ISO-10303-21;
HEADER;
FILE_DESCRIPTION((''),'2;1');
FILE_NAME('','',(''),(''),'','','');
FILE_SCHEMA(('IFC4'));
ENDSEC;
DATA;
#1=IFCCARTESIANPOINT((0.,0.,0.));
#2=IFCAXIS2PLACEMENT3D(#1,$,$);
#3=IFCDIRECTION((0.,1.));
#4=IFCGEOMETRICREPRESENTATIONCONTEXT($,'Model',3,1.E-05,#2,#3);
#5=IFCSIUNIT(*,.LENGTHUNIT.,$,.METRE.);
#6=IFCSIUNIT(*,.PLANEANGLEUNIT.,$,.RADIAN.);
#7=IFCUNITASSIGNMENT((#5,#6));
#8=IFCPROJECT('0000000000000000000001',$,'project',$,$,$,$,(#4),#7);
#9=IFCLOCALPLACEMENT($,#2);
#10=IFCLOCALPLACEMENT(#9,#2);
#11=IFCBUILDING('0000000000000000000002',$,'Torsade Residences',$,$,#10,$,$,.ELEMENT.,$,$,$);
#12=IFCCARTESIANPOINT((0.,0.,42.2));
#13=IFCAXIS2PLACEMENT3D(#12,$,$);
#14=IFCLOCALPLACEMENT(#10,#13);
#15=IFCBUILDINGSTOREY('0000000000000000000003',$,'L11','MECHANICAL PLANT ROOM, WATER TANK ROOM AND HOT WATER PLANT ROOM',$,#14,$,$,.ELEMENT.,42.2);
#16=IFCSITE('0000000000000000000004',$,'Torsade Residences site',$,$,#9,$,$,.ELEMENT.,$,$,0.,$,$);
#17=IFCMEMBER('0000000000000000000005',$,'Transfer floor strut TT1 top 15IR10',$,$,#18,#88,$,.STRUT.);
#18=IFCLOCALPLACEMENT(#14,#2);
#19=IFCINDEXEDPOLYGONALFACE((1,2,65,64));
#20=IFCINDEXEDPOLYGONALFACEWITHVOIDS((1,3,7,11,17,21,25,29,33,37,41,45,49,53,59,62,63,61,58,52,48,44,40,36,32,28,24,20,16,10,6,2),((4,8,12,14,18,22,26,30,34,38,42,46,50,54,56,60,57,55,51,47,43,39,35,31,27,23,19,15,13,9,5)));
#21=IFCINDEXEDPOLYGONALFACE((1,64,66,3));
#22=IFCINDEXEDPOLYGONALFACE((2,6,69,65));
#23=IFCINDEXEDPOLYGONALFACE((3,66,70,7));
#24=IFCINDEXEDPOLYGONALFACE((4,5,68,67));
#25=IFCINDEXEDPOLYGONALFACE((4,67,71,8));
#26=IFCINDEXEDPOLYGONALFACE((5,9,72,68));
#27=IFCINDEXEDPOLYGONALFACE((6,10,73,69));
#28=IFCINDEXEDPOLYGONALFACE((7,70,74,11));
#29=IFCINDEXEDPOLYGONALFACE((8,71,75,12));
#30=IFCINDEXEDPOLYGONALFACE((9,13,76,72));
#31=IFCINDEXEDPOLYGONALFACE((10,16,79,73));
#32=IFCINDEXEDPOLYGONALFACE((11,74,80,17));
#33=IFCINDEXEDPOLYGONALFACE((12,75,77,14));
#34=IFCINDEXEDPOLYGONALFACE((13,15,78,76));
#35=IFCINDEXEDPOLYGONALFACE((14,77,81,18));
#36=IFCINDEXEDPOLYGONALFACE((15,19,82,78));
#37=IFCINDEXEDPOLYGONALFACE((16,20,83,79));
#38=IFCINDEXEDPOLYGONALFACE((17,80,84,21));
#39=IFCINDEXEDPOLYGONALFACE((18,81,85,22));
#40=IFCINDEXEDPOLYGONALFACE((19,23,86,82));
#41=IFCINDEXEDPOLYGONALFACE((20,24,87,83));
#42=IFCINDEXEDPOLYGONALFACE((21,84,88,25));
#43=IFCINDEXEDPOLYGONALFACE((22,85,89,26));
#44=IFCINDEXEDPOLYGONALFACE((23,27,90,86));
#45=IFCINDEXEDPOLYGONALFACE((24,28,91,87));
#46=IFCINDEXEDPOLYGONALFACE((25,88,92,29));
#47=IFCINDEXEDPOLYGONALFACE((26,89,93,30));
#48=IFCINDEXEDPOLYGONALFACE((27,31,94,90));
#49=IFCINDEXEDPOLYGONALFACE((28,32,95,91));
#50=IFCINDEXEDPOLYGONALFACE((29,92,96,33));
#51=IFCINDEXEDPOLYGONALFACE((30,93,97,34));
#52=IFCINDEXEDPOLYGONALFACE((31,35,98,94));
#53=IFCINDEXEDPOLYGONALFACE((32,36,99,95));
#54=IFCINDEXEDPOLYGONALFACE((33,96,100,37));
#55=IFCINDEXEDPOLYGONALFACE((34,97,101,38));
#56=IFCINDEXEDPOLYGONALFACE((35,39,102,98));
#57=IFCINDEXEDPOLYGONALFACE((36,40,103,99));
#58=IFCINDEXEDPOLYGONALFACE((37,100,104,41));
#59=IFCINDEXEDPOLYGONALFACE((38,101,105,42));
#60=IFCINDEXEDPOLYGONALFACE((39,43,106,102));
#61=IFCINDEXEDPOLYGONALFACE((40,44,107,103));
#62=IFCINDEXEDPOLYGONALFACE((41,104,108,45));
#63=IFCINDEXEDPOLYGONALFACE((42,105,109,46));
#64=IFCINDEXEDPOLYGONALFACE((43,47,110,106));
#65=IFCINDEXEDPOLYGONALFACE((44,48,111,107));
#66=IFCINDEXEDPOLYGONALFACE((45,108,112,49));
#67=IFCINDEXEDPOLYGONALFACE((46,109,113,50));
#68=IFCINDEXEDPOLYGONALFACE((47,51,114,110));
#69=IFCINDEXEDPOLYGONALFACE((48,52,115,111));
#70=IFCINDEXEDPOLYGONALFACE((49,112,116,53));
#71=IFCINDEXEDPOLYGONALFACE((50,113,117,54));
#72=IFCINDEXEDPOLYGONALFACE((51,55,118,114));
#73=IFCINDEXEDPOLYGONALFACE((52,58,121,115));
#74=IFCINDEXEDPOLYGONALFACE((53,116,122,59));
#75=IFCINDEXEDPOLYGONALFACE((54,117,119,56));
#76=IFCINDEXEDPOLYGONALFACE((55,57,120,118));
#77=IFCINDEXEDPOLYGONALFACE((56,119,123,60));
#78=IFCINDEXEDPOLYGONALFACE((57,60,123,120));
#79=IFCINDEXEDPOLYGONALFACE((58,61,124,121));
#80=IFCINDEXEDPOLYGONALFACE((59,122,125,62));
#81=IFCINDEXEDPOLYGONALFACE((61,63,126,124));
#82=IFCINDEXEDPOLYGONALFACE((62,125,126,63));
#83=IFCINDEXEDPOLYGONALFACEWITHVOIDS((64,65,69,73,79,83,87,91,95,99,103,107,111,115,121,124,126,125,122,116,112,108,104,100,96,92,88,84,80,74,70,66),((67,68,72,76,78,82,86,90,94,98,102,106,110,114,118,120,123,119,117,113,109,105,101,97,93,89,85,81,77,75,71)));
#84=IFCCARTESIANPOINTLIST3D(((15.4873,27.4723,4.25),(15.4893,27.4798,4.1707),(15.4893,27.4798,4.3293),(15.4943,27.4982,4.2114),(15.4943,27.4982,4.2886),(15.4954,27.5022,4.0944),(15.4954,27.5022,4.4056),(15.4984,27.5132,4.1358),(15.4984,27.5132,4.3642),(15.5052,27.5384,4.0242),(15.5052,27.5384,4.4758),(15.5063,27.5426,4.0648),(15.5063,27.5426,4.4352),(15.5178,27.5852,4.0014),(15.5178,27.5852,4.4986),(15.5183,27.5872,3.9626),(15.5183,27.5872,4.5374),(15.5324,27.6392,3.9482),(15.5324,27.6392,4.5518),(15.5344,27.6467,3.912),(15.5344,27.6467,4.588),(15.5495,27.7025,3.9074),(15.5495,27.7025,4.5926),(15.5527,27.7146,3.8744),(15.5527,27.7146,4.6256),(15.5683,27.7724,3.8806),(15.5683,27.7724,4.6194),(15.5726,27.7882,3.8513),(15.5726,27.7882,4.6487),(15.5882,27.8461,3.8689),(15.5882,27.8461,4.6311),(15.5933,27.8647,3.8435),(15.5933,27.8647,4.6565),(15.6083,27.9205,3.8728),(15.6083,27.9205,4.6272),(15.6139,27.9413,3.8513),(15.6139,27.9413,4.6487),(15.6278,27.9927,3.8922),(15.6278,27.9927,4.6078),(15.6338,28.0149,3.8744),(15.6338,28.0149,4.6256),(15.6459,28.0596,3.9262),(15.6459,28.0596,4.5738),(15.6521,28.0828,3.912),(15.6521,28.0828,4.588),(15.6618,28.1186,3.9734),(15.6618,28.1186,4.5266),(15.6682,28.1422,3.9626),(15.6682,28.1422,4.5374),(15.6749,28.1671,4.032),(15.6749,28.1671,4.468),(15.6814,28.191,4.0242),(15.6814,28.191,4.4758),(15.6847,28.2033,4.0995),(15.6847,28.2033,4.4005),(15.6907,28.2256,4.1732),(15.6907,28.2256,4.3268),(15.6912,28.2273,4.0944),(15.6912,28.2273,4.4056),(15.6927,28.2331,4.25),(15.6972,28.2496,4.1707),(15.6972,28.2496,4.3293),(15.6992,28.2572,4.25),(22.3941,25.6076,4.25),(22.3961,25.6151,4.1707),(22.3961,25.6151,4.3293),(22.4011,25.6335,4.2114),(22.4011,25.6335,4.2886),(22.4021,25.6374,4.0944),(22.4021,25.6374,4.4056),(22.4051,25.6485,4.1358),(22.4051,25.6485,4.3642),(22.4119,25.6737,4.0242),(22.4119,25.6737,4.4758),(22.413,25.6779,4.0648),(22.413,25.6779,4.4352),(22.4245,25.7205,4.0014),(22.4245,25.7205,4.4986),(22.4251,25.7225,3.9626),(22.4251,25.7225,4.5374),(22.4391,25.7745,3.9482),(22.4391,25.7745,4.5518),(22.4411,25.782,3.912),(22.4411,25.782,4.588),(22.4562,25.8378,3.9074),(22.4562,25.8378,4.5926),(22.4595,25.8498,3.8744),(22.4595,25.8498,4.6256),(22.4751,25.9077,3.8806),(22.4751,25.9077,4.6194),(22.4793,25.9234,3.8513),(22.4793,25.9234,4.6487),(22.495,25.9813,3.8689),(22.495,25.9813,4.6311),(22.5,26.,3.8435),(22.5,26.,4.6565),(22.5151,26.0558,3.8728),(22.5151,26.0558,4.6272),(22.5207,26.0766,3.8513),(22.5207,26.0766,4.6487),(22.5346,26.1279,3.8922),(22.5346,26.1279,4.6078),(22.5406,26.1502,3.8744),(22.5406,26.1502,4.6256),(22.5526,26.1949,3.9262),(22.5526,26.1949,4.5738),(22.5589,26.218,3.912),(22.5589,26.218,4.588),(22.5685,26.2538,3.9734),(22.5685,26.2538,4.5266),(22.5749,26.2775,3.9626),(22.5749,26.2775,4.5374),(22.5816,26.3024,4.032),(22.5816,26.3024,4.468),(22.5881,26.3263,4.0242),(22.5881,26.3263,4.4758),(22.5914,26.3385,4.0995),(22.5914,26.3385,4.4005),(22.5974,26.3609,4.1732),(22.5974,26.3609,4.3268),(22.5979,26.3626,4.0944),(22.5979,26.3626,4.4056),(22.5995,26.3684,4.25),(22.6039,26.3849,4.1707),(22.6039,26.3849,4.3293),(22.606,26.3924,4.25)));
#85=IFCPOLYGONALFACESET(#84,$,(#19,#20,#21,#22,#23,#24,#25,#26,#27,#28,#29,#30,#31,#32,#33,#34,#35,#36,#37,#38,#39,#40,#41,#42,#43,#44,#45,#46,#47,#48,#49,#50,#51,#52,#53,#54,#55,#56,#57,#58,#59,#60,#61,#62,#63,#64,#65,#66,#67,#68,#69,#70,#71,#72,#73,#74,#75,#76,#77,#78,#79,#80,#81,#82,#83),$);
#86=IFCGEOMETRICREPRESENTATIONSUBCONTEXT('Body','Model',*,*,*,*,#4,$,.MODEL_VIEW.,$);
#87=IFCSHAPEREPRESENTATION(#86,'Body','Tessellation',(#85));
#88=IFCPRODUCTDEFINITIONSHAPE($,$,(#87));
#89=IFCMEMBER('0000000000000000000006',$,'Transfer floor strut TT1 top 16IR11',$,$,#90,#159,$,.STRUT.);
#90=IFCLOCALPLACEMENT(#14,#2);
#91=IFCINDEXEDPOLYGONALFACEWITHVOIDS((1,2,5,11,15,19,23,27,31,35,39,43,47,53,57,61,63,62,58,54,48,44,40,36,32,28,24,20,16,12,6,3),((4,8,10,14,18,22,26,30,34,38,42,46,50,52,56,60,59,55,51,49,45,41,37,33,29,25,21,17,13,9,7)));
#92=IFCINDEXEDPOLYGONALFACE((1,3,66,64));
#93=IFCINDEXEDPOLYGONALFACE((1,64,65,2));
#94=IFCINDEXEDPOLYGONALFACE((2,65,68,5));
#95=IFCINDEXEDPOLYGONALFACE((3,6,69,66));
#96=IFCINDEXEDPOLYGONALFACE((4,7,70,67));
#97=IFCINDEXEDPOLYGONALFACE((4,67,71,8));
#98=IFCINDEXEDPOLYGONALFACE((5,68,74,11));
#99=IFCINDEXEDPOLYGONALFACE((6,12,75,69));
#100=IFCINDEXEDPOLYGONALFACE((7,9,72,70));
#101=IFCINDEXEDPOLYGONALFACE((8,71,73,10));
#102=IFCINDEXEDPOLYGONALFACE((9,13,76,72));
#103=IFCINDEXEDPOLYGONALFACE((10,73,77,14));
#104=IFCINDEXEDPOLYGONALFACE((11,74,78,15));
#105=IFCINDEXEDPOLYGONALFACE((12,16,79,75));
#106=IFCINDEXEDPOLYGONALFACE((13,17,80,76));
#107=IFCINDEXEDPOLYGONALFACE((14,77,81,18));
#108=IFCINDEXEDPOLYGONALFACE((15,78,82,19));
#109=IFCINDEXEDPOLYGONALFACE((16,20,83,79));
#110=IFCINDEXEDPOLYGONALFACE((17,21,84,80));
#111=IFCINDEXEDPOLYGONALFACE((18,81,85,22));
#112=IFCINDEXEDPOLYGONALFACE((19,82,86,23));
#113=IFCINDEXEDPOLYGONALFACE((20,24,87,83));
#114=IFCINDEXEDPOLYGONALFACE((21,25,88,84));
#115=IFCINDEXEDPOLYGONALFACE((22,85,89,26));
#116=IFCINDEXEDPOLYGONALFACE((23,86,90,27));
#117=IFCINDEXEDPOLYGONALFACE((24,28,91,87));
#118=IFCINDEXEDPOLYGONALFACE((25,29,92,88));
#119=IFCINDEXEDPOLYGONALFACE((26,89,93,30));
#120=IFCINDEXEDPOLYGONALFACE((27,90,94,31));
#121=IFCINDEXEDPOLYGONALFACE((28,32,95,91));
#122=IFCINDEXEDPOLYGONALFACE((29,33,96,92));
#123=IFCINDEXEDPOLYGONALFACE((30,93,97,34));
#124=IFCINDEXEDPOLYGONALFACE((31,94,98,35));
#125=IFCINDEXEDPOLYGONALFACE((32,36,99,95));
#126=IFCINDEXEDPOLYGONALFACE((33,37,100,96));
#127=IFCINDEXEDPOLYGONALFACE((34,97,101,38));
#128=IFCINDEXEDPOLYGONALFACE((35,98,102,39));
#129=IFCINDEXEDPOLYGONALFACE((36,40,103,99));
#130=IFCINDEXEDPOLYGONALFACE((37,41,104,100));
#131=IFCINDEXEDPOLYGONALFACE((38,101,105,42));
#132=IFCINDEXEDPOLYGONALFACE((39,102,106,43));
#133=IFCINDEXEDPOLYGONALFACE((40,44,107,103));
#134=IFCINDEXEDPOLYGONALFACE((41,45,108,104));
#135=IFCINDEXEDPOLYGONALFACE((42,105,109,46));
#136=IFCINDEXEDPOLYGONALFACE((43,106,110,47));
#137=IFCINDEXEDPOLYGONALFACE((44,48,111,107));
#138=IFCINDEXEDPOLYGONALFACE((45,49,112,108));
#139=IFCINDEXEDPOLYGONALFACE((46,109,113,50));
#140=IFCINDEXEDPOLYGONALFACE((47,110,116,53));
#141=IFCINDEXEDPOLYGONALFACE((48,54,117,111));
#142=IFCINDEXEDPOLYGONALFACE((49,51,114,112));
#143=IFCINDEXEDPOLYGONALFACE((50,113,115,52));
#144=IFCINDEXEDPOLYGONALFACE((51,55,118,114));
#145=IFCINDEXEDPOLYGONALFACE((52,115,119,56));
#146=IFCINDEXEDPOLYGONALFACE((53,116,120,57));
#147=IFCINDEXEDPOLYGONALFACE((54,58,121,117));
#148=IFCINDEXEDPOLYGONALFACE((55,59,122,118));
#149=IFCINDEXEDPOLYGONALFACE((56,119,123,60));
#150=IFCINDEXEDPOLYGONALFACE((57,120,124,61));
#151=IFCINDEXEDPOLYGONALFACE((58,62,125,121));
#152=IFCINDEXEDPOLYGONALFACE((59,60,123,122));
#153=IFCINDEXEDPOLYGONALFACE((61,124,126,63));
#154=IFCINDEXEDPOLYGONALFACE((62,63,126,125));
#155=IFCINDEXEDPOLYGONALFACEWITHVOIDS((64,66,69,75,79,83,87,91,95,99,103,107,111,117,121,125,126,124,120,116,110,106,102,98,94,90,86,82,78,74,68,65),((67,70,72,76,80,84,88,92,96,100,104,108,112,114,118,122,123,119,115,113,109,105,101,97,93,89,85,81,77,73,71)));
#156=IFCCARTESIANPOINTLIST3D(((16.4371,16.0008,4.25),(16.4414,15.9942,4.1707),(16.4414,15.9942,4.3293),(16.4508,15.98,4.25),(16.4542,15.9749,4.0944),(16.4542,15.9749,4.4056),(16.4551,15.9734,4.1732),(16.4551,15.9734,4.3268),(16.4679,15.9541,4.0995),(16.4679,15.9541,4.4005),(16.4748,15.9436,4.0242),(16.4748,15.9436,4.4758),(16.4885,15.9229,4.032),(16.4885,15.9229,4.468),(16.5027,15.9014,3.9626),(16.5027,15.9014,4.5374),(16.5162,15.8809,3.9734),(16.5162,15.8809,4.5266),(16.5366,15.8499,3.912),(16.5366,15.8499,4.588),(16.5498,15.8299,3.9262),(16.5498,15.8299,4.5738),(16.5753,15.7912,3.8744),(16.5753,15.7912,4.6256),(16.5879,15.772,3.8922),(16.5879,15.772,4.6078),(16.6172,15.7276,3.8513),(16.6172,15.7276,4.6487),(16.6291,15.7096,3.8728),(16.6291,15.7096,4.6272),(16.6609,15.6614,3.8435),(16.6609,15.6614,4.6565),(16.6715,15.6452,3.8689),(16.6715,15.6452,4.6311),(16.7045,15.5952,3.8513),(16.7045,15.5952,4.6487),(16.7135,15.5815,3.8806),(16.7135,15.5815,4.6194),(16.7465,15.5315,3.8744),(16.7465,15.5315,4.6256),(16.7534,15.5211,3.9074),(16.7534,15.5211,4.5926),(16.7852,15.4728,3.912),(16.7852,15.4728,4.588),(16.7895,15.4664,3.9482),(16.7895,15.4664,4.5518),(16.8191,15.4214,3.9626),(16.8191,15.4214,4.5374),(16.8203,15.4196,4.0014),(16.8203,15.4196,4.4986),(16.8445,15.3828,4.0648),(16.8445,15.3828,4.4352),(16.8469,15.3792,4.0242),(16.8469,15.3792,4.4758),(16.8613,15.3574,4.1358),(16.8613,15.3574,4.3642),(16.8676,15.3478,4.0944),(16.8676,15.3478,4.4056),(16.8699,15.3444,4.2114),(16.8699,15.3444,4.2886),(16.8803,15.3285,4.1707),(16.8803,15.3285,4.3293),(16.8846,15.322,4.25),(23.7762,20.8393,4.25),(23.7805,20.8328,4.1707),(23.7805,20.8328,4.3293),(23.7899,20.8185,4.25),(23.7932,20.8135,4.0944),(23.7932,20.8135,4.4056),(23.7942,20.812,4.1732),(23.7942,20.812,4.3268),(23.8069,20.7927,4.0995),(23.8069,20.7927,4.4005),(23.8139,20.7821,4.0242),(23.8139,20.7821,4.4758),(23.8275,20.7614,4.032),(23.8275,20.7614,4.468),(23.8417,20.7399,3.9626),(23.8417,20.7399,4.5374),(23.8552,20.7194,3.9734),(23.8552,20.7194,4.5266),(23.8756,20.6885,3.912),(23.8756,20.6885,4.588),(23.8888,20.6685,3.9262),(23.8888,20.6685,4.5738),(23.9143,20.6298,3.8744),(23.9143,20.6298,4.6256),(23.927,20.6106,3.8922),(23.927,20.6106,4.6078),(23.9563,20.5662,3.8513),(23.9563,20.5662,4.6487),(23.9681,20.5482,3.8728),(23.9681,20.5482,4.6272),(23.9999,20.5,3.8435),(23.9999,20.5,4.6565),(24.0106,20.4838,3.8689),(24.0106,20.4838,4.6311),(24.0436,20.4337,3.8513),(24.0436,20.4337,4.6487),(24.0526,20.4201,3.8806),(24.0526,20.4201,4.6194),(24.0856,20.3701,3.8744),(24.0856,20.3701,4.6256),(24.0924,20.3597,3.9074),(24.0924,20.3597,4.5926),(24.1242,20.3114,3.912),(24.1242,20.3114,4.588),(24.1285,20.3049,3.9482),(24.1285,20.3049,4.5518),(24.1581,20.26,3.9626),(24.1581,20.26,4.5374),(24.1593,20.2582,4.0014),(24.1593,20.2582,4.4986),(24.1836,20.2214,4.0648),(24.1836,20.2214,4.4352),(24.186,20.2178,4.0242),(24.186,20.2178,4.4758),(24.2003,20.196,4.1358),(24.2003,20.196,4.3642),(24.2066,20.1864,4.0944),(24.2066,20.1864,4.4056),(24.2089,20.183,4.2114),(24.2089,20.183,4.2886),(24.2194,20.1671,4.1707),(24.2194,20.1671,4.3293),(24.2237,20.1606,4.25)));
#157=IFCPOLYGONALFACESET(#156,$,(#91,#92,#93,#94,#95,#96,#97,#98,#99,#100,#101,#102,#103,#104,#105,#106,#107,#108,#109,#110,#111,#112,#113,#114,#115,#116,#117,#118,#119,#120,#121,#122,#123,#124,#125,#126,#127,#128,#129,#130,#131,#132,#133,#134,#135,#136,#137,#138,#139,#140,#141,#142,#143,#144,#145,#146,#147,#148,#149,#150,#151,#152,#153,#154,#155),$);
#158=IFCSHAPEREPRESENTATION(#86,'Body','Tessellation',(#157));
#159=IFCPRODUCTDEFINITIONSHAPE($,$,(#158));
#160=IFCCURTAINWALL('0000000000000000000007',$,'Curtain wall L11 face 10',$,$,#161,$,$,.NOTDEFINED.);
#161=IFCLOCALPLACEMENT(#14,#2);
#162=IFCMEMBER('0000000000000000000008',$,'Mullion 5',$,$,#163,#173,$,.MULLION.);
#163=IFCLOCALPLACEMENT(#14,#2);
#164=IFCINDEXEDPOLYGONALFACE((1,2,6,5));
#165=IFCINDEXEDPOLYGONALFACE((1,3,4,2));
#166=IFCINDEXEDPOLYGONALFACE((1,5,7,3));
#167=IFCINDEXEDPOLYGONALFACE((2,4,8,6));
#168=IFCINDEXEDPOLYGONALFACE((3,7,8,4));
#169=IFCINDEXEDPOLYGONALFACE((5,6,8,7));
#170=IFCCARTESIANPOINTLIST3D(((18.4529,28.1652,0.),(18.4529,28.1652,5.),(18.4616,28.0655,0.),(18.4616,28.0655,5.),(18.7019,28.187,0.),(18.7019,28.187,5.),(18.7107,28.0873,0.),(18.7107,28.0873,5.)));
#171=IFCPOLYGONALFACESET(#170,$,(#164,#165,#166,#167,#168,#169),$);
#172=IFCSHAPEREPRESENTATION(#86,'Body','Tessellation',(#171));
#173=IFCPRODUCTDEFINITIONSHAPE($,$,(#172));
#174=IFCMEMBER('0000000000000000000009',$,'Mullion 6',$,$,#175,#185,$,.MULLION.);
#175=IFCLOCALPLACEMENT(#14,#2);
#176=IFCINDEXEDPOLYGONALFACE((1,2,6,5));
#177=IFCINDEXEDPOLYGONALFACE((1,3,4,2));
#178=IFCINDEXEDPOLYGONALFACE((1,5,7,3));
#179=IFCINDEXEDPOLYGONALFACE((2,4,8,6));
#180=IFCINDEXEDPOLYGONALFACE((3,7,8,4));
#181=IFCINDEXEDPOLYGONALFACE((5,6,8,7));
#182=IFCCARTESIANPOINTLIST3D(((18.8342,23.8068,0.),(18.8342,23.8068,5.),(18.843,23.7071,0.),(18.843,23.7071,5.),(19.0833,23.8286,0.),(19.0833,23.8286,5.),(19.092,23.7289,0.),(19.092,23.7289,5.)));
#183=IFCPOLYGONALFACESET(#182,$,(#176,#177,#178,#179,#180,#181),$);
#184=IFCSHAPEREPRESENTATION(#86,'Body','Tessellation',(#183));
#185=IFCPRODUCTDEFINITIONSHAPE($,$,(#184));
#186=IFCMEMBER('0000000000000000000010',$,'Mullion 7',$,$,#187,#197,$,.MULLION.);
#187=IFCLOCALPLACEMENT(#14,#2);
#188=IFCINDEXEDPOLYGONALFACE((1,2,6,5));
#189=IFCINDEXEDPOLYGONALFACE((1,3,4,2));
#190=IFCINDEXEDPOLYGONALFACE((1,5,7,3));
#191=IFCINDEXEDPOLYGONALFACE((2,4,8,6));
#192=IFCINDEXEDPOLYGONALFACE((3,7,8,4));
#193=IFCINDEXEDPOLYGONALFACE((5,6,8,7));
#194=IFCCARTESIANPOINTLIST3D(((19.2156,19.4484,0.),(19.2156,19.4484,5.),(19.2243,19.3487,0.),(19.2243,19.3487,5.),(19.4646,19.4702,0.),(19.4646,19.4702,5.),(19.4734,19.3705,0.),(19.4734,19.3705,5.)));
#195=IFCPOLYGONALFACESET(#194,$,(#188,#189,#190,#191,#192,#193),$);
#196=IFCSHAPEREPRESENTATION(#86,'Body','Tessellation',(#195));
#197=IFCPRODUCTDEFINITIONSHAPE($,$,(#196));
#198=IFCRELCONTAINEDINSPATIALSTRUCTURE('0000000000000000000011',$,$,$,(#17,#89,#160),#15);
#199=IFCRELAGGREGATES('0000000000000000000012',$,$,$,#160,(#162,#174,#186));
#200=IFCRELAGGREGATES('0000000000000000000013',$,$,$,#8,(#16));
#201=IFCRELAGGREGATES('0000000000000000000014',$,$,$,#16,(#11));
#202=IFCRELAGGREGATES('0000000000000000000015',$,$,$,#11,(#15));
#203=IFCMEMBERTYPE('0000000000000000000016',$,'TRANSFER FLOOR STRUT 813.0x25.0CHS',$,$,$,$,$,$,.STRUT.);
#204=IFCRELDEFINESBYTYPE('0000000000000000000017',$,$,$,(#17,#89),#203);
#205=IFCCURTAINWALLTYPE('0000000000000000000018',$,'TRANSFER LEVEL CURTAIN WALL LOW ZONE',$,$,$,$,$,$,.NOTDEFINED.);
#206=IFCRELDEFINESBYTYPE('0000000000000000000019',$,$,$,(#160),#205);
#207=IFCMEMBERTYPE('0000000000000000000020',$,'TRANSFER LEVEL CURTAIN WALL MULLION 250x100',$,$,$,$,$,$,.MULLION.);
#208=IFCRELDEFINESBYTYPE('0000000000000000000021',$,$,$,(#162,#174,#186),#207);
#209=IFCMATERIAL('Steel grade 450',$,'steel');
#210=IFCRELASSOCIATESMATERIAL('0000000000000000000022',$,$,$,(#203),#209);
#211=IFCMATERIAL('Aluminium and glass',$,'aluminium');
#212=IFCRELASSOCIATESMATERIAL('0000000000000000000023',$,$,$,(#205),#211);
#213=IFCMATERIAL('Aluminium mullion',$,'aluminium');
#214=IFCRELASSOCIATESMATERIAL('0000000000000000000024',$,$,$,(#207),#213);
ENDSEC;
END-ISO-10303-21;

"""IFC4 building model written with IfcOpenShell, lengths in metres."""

from ifc_helpers import new_model, si_unit, direction, frame, origin, origin_2d, place, context, subcontext, project, spatial, rectangle, hollow_circle, extrude, material, material_profile, profile_set, type_object, element, aggregate, save


model = new_model("IFC4")

# Units and contexts
model_context = context("Model", 3, precision=1e-05, world=origin(), true_north=direction((0.0, 1.0)))
body_context = subcontext(model_context, "Body", "Model", "MODEL_VIEW")
ifc_project = project(units=[si_unit("LENGTHUNIT", "METRE"), si_unit("PLANEANGLEUNIT", "RADIAN")], contexts=[model_context])

# Site, building, storey
site_placement = place(None, origin())
site = spatial("IfcSite", under=ifc_project, at=site_placement, Name="Torsade Residences site", CompositionType="ELEMENT", RefElevation=0.0)
building_placement = place(site_placement, origin())
building = spatial("IfcBuilding", under=site, at=building_placement, Name="Torsade Residences", CompositionType="ELEMENT")
storey_placement = place(building_placement, frame((0.0, 0.0, 42.2)))
storey = spatial("IfcBuildingStorey", under=building, at=storey_placement, Name="L11", Description="MECHANICAL PLANT ROOM, WATER TANK ROOM AND HOT WATER PLANT ROOM", CompositionType="ELEMENT", Elevation=42.2)

# Members
ifc_material_1 = material(Name="Steel grade 450", Category="steel")
ifc_material_profile_1 = material_profile(ifc_material_1, hollow_circle(Radius=0.4065, WallThickness=0.0249, at=origin_2d()), Name="813.0x25.0CHS")
ifc_profile_set_1 = profile_set([ifc_material_profile_1], Name="Steel grade 450")
member_type_1 = type_object("IfcMemberType", Name="TRANSFER FLOOR STRUT 813.0x25.0CHS", PredefinedType="STRUT", material=ifc_profile_set_1)
member_1_placement = place(storey_placement, frame((15.5933, 27.8647, 4.25), z_axis=(0.965432, -0.260656, 0.0), x_axis=(0.260656, 0.965432, 0.0)))
element("IfcMember", 1, at=member_1_placement, inside=storey, type_object=member_type_1, Name="Transfer floor strut TT1 top 15IR10", PredefinedType="STRUT", context=body_context, shape_type="SweptSolid", body=[
    extrude(hollow_circle(Radius=0.4065, WallThickness=0.0249, at=origin_2d()), origin(), (0.0, 0.0, 1.0), 7.1541),
])
member_2_placement = place(storey_placement, frame((16.6609, 15.6614, 4.25), z_axis=(0.834881, 0.550431, 0.0), x_axis=(-0.550431, 0.834881, 0.0)))
element("IfcMember", 2, at=member_2_placement, inside=storey, type_object=member_type_1, Name="Transfer floor strut TT1 top 16IR11", PredefinedType="STRUT", context=body_context, shape_type="SweptSolid", body=[
    extrude(hollow_circle(Radius=0.4065, WallThickness=0.0249, at=origin_2d()), origin(), (0.0, 0.0, 1.0), 8.7905),
])

# Curtain wall, members
ifc_material_2 = material(Name="Aluminium and glass", Category="aluminium")
curtain_wall_type = type_object("IfcCurtainWallType", Name="TRANSFER LEVEL CURTAIN WALL LOW ZONE", PredefinedType="NOTDEFINED", material=ifc_material_2)
curtain_wall_placement = place(storey_placement, origin())
curtain_wall = element("IfcCurtainWall", 3, at=curtain_wall_placement, inside=storey, type_object=curtain_wall_type, Name="Curtain wall L11 face 10", PredefinedType="NOTDEFINED")
ifc_material_3 = material(Name="Aluminium mullion", Category="aluminium")
ifc_material_profile_2 = material_profile(ifc_material_3, rectangle(XDim=0.25, YDim=0.1001, at=origin_2d()), Name="TRANSFER LEVEL CURTAIN WALL MULLION 250x100")
ifc_profile_set_2 = profile_set([ifc_material_profile_2], Name="Aluminium mullion")
member_type_2 = type_object("IfcMemberType", Name="TRANSFER LEVEL CURTAIN WALL MULLION 250x100", PredefinedType="MULLION", material=ifc_profile_set_2)
member_3_placement = place(storey_placement, frame((18.5818, 28.1262, 0.0), z_axis=(0.0, 0.0, 1.0), x_axis=(0.996195, 0.087156, 0.0)))
member_3 = element("IfcMember", 4, at=member_3_placement, type_object=member_type_2, Name="Mullion 5", PredefinedType="MULLION", context=body_context, shape_type="SweptSolid", body=[
    extrude(rectangle(XDim=0.25, YDim=0.1001, at=origin_2d()), origin(), (0.0, 0.0, 1.0), 5.0),
])
member_4_placement = place(storey_placement, frame((18.9631, 23.7678, 0.0), z_axis=(0.0, 0.0, 1.0), x_axis=(0.996195, 0.087156, 0.0)))
member_4 = element("IfcMember", 5, at=member_4_placement, type_object=member_type_2, Name="Mullion 6", PredefinedType="MULLION", context=body_context, shape_type="SweptSolid", body=[
    extrude(rectangle(XDim=0.25, YDim=0.1001, at=origin_2d()), origin(), (0.0, 0.0, 1.0), 5.0),
])
member_5_placement = place(storey_placement, frame((19.3445, 19.4094, 0.0), z_axis=(0.0, 0.0, 1.0), x_axis=(0.996195, 0.087156, 0.0)))
member_5 = element("IfcMember", 6, at=member_5_placement, type_object=member_type_2, Name="Mullion 7", PredefinedType="MULLION", context=body_context, shape_type="SweptSolid", body=[
    extrude(rectangle(XDim=0.25, YDim=0.1001, at=origin_2d()), origin(), (0.0, 0.0, 1.0), 5.0),
])

aggregate(curtain_wall, [member_3, member_4, member_5])

save(model, "model.ifc")
